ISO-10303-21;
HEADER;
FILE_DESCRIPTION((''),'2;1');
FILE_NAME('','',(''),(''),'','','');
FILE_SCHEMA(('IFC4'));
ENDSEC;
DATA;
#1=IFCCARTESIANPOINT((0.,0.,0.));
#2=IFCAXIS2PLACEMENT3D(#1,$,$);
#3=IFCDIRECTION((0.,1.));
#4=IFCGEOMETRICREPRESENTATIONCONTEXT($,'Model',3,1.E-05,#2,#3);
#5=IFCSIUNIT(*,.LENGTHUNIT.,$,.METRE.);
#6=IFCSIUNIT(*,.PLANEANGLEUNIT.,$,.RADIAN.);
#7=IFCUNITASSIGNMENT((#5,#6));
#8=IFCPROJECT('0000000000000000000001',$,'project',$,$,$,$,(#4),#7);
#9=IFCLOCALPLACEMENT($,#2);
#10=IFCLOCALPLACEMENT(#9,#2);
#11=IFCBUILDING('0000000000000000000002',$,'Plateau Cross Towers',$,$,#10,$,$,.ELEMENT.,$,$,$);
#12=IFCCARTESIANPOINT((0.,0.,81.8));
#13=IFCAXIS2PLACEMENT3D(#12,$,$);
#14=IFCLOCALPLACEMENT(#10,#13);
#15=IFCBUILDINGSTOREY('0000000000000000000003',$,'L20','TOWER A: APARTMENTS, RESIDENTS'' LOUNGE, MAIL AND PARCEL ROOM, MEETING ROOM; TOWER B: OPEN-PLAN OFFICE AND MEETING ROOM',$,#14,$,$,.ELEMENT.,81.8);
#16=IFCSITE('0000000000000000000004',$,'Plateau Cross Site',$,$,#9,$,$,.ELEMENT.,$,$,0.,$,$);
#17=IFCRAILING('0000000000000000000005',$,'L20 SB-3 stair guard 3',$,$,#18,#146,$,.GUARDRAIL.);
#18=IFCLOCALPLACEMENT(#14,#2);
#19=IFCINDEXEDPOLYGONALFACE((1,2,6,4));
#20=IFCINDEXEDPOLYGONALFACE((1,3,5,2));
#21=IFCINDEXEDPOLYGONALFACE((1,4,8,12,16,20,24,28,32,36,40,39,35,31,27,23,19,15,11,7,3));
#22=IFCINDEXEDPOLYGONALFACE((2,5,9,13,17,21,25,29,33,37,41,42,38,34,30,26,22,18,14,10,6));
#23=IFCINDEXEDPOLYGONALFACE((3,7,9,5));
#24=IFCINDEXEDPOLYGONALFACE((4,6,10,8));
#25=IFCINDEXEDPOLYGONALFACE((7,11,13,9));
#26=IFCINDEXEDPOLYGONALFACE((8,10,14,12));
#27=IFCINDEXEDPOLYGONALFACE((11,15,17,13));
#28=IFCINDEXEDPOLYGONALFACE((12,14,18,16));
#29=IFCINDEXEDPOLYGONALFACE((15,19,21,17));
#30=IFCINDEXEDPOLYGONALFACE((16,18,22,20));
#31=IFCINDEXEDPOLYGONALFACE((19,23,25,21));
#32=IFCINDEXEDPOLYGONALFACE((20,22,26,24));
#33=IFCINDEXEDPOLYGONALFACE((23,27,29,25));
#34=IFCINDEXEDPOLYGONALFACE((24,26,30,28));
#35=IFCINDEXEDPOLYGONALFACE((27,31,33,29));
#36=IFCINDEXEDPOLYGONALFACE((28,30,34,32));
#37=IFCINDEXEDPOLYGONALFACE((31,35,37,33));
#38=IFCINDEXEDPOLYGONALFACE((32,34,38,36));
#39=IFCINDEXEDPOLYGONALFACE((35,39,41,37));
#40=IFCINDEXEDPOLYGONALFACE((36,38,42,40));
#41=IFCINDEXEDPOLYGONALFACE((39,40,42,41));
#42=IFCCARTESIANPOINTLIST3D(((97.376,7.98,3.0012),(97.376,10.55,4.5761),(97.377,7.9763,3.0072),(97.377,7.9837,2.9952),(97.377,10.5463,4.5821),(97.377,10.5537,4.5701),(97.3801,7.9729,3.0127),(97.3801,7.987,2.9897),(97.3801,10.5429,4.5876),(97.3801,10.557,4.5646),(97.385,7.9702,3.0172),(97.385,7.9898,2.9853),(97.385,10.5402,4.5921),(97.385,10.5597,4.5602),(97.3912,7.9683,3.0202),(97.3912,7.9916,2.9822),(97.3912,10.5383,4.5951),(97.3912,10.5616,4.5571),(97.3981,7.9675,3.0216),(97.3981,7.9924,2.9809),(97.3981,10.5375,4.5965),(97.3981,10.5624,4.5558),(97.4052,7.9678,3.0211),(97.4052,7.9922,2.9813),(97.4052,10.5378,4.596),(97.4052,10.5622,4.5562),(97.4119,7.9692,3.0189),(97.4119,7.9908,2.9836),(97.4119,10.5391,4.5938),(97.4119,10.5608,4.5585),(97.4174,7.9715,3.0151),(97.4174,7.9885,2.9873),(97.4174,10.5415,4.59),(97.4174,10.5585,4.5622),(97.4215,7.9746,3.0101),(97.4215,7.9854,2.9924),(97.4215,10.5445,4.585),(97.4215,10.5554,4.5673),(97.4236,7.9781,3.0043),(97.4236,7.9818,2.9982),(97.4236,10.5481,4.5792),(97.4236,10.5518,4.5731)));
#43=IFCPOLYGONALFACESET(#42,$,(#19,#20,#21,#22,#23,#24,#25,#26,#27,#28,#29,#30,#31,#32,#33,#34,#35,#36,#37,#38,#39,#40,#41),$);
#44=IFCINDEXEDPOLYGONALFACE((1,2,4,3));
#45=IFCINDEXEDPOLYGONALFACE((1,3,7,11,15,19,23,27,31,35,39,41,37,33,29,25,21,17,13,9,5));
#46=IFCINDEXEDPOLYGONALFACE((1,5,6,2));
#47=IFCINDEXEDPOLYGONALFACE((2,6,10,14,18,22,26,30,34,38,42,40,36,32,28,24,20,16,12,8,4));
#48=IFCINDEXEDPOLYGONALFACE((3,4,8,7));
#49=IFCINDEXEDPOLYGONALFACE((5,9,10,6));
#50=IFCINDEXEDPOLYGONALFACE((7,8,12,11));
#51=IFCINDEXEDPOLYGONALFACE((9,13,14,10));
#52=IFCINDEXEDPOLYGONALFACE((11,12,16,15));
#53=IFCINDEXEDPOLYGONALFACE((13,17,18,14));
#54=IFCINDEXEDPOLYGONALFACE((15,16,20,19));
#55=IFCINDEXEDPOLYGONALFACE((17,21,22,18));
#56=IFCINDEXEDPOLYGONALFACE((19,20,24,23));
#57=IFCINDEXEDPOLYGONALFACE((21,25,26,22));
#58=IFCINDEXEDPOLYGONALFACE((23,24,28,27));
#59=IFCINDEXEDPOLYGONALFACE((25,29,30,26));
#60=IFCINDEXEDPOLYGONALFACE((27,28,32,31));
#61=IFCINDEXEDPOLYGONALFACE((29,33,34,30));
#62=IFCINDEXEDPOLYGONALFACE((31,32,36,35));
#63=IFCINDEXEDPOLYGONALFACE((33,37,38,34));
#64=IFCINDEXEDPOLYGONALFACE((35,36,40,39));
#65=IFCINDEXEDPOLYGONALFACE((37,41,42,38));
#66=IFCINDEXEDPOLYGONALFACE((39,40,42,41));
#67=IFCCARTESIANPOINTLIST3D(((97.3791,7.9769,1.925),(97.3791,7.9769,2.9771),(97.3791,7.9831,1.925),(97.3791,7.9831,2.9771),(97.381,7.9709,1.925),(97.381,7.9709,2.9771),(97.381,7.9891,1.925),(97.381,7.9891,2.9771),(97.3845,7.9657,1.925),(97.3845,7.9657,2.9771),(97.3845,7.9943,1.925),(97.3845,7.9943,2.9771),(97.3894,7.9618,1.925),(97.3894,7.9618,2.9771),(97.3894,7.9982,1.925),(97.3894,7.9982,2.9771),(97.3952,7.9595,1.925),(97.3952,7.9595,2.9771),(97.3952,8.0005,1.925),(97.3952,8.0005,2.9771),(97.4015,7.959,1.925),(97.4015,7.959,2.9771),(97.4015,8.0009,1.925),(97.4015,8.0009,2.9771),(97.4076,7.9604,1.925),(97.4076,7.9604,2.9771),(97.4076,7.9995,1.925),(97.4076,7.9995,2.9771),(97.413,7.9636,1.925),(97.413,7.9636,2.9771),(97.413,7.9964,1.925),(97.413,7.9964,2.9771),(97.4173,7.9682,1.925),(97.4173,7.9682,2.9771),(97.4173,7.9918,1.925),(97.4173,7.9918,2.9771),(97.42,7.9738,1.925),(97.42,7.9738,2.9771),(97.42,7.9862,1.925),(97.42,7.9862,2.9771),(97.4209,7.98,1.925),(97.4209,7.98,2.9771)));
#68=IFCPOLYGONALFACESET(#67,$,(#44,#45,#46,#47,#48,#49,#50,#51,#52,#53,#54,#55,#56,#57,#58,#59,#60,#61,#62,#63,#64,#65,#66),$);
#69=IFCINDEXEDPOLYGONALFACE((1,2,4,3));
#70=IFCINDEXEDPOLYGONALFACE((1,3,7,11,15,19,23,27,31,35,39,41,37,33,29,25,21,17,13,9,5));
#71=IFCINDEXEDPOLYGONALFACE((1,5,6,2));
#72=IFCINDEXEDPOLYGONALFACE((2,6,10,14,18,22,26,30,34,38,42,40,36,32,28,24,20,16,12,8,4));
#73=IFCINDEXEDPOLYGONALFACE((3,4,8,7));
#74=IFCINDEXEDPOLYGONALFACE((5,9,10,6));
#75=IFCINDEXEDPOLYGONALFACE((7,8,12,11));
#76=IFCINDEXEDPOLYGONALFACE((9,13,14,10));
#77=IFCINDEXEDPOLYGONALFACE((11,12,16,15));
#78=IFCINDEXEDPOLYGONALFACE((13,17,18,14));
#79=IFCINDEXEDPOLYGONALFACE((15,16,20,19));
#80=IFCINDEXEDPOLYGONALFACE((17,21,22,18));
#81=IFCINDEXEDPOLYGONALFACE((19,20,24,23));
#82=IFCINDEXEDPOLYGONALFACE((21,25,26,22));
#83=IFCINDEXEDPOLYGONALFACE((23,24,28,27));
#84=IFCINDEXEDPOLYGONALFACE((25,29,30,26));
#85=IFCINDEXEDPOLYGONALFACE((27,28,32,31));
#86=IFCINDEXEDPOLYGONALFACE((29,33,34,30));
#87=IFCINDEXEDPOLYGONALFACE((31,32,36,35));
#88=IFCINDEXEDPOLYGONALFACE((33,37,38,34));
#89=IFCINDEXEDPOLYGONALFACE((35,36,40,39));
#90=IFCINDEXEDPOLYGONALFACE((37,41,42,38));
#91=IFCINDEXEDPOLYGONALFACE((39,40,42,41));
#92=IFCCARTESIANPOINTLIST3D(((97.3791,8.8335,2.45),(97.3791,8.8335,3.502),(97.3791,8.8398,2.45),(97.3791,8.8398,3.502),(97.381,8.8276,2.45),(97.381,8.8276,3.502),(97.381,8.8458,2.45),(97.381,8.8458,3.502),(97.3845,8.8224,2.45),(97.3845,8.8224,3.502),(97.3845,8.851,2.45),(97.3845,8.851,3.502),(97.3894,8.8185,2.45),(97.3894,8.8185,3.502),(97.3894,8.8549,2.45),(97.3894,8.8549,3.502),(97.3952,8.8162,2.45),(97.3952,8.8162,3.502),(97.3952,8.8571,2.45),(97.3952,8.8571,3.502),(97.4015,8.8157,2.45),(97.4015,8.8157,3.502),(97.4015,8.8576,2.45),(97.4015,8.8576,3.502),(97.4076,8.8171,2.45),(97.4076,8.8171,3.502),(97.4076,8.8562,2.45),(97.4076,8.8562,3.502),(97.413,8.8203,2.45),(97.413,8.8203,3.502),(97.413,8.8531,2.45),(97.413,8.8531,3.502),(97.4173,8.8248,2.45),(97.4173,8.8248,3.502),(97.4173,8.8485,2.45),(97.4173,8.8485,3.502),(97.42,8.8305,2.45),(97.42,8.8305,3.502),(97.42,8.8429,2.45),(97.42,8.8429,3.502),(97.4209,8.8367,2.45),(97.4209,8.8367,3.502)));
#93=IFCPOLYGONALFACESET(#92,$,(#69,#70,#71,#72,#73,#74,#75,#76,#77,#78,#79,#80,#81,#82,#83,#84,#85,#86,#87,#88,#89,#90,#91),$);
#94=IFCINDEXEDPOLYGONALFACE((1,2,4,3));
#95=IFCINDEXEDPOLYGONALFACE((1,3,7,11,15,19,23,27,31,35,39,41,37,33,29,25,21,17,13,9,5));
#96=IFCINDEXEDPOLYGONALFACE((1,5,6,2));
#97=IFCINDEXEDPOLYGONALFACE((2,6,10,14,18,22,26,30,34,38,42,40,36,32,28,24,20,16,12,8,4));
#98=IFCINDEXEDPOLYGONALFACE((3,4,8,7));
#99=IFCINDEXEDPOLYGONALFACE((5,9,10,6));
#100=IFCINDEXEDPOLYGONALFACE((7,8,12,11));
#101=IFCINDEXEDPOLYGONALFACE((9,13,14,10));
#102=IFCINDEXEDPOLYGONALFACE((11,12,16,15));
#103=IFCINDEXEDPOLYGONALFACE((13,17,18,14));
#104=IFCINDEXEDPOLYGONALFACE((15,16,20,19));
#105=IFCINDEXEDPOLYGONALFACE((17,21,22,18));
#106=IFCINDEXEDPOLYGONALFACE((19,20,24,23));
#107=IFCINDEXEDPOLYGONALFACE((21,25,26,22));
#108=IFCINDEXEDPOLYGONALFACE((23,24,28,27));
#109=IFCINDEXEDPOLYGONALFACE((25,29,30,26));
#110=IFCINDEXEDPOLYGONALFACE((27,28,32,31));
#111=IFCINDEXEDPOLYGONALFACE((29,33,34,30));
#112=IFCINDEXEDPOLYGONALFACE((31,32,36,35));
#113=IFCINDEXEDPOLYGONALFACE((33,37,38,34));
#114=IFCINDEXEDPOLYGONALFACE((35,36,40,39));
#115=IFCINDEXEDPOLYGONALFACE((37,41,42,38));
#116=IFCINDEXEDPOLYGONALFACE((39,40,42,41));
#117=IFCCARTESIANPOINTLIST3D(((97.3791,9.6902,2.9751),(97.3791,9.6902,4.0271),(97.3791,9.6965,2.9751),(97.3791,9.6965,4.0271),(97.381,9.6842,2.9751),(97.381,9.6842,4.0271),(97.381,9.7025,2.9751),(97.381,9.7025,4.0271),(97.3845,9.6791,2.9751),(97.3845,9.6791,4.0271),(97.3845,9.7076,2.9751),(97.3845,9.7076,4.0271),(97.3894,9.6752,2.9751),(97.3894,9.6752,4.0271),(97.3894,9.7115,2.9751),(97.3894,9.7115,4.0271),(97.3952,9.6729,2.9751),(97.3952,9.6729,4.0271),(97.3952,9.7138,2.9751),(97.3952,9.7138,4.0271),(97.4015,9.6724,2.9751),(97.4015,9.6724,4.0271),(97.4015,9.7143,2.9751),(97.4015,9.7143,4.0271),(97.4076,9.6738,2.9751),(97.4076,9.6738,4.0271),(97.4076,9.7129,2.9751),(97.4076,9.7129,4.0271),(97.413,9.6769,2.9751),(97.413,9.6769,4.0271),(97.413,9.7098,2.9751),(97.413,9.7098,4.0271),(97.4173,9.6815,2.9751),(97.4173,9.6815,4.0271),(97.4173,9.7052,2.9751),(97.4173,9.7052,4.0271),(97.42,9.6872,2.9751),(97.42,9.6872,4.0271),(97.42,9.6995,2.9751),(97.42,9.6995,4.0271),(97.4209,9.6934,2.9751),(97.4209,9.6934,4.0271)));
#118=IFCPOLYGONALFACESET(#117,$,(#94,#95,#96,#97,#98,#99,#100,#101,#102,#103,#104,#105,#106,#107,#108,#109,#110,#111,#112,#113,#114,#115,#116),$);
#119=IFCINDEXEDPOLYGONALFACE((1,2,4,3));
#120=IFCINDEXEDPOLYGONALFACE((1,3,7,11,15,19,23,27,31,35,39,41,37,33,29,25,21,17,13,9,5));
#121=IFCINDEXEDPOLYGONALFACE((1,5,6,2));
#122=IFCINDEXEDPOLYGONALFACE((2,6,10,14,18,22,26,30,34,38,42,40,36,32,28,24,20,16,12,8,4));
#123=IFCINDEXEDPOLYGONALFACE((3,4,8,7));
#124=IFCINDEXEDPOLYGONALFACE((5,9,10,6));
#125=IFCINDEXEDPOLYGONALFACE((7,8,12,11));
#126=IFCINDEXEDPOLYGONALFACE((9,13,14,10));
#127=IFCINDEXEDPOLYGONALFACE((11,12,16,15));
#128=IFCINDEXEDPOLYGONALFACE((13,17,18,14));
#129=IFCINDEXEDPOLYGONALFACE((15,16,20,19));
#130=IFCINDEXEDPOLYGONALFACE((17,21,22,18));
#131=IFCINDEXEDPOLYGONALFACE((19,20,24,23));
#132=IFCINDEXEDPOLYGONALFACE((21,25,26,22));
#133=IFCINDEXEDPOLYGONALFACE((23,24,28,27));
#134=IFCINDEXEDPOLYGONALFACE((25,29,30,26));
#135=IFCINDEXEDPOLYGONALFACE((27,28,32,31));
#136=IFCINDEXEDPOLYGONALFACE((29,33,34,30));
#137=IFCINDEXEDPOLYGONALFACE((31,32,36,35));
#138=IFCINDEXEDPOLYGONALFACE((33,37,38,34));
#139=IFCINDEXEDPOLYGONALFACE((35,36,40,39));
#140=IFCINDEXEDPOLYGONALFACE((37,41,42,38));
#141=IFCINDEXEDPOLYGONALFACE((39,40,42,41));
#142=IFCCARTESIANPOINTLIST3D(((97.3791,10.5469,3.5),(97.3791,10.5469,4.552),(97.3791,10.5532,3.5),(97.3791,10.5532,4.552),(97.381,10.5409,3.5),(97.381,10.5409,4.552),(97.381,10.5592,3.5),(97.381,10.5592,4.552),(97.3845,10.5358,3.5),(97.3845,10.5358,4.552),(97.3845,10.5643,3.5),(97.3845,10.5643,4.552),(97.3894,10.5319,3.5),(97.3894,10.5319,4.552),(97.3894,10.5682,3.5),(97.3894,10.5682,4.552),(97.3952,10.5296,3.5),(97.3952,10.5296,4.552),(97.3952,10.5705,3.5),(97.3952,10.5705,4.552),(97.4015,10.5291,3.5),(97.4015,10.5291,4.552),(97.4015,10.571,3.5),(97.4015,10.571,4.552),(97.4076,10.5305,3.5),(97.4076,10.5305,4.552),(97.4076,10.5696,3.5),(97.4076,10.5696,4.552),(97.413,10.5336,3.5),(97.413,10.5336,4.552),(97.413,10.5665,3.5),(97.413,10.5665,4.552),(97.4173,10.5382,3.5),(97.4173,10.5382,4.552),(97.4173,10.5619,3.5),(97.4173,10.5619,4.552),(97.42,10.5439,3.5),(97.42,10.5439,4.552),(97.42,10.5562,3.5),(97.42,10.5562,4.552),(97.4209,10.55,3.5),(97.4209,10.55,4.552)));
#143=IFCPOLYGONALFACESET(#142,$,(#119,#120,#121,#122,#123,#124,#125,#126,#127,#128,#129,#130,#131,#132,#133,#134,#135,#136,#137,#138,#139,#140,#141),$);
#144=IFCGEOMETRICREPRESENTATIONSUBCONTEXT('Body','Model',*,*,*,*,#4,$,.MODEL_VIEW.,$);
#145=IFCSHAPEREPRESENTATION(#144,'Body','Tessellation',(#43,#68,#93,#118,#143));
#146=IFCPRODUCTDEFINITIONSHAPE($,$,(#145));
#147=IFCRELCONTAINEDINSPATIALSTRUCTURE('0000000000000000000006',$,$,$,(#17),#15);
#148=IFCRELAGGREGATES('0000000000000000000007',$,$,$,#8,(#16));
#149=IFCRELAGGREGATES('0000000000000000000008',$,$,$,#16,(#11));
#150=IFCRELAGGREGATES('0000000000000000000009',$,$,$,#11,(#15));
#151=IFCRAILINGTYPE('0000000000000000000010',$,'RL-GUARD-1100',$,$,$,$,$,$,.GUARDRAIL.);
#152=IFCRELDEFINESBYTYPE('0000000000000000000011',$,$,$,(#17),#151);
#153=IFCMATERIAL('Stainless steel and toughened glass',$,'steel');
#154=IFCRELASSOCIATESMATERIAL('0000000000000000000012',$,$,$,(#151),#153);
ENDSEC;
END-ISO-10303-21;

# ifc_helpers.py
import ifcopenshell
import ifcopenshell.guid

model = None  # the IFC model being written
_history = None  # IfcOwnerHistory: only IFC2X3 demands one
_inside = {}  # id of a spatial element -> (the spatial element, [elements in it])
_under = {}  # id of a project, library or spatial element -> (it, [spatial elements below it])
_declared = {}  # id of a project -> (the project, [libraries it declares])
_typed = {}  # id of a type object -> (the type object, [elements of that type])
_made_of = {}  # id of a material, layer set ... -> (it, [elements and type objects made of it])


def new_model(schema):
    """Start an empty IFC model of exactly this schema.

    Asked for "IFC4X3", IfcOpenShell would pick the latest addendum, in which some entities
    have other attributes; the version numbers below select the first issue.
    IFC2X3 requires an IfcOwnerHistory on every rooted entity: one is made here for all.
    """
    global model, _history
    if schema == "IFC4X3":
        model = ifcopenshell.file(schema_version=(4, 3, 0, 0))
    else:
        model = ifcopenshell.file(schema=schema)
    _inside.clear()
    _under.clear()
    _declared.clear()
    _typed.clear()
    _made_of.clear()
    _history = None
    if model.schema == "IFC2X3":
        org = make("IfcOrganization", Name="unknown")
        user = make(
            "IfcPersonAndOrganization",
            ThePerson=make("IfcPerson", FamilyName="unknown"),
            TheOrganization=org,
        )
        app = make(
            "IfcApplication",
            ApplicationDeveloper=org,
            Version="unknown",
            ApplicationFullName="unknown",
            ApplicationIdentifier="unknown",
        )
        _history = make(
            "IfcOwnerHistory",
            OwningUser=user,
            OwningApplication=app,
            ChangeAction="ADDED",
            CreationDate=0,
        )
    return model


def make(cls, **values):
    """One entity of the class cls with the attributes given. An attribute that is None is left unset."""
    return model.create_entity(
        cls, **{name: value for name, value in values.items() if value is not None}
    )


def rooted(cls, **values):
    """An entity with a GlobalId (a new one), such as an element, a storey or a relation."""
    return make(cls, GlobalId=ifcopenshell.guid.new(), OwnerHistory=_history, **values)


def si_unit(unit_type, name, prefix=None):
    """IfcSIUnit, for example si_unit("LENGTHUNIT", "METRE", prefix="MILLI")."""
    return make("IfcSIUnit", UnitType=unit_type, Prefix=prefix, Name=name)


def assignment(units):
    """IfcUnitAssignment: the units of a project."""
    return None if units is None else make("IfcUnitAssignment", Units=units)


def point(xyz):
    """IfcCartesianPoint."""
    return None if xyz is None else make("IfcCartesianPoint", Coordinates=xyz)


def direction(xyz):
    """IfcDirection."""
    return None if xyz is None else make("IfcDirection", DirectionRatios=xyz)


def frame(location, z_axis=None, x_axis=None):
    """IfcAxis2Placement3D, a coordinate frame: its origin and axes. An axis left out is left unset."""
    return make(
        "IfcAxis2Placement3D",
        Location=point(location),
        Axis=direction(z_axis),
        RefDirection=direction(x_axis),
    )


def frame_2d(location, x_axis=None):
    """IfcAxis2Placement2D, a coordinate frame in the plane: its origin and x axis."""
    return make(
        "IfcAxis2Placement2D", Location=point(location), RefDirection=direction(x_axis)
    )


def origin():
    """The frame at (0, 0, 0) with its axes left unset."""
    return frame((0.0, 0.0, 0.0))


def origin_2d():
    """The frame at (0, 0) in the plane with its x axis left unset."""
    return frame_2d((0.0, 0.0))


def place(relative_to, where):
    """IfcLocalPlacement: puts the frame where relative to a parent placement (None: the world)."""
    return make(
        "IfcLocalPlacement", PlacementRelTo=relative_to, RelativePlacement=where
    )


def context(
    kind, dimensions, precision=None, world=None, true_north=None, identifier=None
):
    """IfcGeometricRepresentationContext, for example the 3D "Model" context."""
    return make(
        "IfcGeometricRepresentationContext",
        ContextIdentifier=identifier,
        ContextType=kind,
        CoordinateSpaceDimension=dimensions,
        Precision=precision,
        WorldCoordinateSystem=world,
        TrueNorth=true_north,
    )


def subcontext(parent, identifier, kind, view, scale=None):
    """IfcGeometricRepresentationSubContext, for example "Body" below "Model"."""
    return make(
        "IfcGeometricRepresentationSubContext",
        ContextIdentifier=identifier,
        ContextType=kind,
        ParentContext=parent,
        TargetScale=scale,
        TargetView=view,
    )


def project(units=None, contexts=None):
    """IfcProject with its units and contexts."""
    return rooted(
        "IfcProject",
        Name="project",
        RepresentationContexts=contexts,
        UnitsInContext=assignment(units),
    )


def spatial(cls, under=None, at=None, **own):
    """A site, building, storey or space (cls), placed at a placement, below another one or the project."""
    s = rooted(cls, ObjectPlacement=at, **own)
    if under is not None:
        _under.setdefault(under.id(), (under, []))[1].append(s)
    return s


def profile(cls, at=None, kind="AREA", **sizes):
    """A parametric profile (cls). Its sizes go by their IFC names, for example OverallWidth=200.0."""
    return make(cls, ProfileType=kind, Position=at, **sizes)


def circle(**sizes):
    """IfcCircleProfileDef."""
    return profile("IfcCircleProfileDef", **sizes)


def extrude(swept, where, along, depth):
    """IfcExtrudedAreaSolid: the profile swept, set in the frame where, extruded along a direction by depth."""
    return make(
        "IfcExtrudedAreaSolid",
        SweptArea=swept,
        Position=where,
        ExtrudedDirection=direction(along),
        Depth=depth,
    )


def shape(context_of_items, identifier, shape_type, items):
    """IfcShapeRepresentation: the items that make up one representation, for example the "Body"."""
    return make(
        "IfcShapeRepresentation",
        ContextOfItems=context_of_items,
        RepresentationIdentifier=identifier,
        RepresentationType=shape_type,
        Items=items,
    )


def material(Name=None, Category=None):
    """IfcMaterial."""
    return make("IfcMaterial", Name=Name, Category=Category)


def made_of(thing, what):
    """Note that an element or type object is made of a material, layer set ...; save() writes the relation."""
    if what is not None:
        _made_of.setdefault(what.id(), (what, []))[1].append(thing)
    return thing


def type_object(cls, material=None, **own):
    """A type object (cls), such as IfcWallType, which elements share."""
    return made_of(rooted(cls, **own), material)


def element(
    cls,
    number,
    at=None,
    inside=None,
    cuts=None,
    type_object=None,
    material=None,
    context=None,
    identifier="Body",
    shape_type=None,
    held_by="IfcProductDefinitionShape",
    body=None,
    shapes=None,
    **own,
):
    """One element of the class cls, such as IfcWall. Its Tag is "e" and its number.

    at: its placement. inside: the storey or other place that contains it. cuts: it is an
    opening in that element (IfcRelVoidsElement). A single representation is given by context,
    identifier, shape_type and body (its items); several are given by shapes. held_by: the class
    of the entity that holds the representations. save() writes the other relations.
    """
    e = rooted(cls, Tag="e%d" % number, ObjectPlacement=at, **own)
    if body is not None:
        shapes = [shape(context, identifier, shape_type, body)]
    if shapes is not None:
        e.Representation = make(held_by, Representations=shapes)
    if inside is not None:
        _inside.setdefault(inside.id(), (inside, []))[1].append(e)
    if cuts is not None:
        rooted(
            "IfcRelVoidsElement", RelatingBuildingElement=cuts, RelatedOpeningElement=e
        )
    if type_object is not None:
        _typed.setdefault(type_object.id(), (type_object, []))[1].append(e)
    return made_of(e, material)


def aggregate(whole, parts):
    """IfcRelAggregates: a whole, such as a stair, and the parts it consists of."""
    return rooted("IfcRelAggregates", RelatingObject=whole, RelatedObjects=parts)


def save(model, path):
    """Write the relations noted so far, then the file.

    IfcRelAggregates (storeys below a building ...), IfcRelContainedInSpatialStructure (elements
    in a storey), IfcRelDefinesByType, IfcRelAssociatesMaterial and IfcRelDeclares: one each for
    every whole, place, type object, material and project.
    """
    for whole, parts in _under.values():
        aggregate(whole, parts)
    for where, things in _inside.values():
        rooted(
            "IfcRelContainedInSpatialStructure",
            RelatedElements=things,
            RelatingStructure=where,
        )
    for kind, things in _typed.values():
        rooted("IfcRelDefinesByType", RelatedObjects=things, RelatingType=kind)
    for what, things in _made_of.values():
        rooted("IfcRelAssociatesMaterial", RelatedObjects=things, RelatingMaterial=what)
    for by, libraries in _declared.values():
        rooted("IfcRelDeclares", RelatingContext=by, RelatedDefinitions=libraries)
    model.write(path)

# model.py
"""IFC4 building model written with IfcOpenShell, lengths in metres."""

from ifc_helpers import new_model, si_unit, direction, frame, origin, origin_2d, place, context, subcontext, project, spatial, circle, extrude, material, type_object, element, save


model = new_model("IFC4")

# Units and contexts
model_context = context("Model", 3, precision=1e-05, world=origin(), true_north=direction((0.0, 1.0)))
body_context = subcontext(model_context, "Body", "Model", "MODEL_VIEW")
ifc_project = project(units=[si_unit("LENGTHUNIT", "METRE"), si_unit("PLANEANGLEUNIT", "RADIAN")], contexts=[model_context])

# Site, building, storey
site_placement = place(None, origin())
site = spatial("IfcSite", under=ifc_project, at=site_placement, Name="Plateau Cross Site", CompositionType="ELEMENT", RefElevation=0.0)
building_placement = place(site_placement, origin())
building = spatial("IfcBuilding", under=site, at=building_placement, Name="Plateau Cross Towers", CompositionType="ELEMENT")
storey_placement = place(building_placement, frame((0.0, 0.0, 81.8)))
storey = spatial("IfcBuildingStorey", under=building, at=storey_placement, Name="L20", Description="TOWER A: APARTMENTS, RESIDENTS' LOUNGE, MAIL AND PARCEL ROOM, MEETING ROOM; TOWER B: OPEN-PLAN OFFICE AND MEETING ROOM", CompositionType="ELEMENT", Elevation=81.8)

# Railing
ifc_material_1 = material(Name="Stainless steel and toughened glass", Category="steel")
railing_type_1 = type_object("IfcRailingType", Name="RL-GUARD-1100", PredefinedType="GUARDRAIL", material=ifc_material_1)
railing_1_placement = place(storey_placement, frame((97.3999, 7.98, 1.925)))
element("IfcRailing", 1, at=railing_1_placement, inside=storey, type_object=railing_type_1, Name="L20 SB-3 stair guard 3", PredefinedType="GUARDRAIL", context=body_context, shape_type="SweptSolid", body=[
    extrude(circle(Radius=0.0239, at=origin_2d()), frame((0.0, 0.0, 1.0762), z_axis=(0.0, 0.852639, 0.522501), x_axis=(-1.0, 0.0, 0.0)), (0.0, 0.0, 1.0), 3.0142),
    extrude(circle(Radius=0.021, at=origin_2d()), origin(), (0.0, 0.0, 1.0), 1.052),
    extrude(circle(Radius=0.021, at=origin_2d()), frame((0.0, 0.8567, 0.5249)), (0.0, 0.0, 1.0), 1.052),
    extrude(circle(Radius=0.021, at=origin_2d()), frame((0.0, 1.7134, 1.05)), (0.0, 0.0, 1.0), 1.052),
    extrude(circle(Radius=0.021, at=origin_2d()), frame((0.0, 2.5701, 1.575)), (0.0, 0.0, 1.0), 1.052),
])

save(model, "model.ifc")
